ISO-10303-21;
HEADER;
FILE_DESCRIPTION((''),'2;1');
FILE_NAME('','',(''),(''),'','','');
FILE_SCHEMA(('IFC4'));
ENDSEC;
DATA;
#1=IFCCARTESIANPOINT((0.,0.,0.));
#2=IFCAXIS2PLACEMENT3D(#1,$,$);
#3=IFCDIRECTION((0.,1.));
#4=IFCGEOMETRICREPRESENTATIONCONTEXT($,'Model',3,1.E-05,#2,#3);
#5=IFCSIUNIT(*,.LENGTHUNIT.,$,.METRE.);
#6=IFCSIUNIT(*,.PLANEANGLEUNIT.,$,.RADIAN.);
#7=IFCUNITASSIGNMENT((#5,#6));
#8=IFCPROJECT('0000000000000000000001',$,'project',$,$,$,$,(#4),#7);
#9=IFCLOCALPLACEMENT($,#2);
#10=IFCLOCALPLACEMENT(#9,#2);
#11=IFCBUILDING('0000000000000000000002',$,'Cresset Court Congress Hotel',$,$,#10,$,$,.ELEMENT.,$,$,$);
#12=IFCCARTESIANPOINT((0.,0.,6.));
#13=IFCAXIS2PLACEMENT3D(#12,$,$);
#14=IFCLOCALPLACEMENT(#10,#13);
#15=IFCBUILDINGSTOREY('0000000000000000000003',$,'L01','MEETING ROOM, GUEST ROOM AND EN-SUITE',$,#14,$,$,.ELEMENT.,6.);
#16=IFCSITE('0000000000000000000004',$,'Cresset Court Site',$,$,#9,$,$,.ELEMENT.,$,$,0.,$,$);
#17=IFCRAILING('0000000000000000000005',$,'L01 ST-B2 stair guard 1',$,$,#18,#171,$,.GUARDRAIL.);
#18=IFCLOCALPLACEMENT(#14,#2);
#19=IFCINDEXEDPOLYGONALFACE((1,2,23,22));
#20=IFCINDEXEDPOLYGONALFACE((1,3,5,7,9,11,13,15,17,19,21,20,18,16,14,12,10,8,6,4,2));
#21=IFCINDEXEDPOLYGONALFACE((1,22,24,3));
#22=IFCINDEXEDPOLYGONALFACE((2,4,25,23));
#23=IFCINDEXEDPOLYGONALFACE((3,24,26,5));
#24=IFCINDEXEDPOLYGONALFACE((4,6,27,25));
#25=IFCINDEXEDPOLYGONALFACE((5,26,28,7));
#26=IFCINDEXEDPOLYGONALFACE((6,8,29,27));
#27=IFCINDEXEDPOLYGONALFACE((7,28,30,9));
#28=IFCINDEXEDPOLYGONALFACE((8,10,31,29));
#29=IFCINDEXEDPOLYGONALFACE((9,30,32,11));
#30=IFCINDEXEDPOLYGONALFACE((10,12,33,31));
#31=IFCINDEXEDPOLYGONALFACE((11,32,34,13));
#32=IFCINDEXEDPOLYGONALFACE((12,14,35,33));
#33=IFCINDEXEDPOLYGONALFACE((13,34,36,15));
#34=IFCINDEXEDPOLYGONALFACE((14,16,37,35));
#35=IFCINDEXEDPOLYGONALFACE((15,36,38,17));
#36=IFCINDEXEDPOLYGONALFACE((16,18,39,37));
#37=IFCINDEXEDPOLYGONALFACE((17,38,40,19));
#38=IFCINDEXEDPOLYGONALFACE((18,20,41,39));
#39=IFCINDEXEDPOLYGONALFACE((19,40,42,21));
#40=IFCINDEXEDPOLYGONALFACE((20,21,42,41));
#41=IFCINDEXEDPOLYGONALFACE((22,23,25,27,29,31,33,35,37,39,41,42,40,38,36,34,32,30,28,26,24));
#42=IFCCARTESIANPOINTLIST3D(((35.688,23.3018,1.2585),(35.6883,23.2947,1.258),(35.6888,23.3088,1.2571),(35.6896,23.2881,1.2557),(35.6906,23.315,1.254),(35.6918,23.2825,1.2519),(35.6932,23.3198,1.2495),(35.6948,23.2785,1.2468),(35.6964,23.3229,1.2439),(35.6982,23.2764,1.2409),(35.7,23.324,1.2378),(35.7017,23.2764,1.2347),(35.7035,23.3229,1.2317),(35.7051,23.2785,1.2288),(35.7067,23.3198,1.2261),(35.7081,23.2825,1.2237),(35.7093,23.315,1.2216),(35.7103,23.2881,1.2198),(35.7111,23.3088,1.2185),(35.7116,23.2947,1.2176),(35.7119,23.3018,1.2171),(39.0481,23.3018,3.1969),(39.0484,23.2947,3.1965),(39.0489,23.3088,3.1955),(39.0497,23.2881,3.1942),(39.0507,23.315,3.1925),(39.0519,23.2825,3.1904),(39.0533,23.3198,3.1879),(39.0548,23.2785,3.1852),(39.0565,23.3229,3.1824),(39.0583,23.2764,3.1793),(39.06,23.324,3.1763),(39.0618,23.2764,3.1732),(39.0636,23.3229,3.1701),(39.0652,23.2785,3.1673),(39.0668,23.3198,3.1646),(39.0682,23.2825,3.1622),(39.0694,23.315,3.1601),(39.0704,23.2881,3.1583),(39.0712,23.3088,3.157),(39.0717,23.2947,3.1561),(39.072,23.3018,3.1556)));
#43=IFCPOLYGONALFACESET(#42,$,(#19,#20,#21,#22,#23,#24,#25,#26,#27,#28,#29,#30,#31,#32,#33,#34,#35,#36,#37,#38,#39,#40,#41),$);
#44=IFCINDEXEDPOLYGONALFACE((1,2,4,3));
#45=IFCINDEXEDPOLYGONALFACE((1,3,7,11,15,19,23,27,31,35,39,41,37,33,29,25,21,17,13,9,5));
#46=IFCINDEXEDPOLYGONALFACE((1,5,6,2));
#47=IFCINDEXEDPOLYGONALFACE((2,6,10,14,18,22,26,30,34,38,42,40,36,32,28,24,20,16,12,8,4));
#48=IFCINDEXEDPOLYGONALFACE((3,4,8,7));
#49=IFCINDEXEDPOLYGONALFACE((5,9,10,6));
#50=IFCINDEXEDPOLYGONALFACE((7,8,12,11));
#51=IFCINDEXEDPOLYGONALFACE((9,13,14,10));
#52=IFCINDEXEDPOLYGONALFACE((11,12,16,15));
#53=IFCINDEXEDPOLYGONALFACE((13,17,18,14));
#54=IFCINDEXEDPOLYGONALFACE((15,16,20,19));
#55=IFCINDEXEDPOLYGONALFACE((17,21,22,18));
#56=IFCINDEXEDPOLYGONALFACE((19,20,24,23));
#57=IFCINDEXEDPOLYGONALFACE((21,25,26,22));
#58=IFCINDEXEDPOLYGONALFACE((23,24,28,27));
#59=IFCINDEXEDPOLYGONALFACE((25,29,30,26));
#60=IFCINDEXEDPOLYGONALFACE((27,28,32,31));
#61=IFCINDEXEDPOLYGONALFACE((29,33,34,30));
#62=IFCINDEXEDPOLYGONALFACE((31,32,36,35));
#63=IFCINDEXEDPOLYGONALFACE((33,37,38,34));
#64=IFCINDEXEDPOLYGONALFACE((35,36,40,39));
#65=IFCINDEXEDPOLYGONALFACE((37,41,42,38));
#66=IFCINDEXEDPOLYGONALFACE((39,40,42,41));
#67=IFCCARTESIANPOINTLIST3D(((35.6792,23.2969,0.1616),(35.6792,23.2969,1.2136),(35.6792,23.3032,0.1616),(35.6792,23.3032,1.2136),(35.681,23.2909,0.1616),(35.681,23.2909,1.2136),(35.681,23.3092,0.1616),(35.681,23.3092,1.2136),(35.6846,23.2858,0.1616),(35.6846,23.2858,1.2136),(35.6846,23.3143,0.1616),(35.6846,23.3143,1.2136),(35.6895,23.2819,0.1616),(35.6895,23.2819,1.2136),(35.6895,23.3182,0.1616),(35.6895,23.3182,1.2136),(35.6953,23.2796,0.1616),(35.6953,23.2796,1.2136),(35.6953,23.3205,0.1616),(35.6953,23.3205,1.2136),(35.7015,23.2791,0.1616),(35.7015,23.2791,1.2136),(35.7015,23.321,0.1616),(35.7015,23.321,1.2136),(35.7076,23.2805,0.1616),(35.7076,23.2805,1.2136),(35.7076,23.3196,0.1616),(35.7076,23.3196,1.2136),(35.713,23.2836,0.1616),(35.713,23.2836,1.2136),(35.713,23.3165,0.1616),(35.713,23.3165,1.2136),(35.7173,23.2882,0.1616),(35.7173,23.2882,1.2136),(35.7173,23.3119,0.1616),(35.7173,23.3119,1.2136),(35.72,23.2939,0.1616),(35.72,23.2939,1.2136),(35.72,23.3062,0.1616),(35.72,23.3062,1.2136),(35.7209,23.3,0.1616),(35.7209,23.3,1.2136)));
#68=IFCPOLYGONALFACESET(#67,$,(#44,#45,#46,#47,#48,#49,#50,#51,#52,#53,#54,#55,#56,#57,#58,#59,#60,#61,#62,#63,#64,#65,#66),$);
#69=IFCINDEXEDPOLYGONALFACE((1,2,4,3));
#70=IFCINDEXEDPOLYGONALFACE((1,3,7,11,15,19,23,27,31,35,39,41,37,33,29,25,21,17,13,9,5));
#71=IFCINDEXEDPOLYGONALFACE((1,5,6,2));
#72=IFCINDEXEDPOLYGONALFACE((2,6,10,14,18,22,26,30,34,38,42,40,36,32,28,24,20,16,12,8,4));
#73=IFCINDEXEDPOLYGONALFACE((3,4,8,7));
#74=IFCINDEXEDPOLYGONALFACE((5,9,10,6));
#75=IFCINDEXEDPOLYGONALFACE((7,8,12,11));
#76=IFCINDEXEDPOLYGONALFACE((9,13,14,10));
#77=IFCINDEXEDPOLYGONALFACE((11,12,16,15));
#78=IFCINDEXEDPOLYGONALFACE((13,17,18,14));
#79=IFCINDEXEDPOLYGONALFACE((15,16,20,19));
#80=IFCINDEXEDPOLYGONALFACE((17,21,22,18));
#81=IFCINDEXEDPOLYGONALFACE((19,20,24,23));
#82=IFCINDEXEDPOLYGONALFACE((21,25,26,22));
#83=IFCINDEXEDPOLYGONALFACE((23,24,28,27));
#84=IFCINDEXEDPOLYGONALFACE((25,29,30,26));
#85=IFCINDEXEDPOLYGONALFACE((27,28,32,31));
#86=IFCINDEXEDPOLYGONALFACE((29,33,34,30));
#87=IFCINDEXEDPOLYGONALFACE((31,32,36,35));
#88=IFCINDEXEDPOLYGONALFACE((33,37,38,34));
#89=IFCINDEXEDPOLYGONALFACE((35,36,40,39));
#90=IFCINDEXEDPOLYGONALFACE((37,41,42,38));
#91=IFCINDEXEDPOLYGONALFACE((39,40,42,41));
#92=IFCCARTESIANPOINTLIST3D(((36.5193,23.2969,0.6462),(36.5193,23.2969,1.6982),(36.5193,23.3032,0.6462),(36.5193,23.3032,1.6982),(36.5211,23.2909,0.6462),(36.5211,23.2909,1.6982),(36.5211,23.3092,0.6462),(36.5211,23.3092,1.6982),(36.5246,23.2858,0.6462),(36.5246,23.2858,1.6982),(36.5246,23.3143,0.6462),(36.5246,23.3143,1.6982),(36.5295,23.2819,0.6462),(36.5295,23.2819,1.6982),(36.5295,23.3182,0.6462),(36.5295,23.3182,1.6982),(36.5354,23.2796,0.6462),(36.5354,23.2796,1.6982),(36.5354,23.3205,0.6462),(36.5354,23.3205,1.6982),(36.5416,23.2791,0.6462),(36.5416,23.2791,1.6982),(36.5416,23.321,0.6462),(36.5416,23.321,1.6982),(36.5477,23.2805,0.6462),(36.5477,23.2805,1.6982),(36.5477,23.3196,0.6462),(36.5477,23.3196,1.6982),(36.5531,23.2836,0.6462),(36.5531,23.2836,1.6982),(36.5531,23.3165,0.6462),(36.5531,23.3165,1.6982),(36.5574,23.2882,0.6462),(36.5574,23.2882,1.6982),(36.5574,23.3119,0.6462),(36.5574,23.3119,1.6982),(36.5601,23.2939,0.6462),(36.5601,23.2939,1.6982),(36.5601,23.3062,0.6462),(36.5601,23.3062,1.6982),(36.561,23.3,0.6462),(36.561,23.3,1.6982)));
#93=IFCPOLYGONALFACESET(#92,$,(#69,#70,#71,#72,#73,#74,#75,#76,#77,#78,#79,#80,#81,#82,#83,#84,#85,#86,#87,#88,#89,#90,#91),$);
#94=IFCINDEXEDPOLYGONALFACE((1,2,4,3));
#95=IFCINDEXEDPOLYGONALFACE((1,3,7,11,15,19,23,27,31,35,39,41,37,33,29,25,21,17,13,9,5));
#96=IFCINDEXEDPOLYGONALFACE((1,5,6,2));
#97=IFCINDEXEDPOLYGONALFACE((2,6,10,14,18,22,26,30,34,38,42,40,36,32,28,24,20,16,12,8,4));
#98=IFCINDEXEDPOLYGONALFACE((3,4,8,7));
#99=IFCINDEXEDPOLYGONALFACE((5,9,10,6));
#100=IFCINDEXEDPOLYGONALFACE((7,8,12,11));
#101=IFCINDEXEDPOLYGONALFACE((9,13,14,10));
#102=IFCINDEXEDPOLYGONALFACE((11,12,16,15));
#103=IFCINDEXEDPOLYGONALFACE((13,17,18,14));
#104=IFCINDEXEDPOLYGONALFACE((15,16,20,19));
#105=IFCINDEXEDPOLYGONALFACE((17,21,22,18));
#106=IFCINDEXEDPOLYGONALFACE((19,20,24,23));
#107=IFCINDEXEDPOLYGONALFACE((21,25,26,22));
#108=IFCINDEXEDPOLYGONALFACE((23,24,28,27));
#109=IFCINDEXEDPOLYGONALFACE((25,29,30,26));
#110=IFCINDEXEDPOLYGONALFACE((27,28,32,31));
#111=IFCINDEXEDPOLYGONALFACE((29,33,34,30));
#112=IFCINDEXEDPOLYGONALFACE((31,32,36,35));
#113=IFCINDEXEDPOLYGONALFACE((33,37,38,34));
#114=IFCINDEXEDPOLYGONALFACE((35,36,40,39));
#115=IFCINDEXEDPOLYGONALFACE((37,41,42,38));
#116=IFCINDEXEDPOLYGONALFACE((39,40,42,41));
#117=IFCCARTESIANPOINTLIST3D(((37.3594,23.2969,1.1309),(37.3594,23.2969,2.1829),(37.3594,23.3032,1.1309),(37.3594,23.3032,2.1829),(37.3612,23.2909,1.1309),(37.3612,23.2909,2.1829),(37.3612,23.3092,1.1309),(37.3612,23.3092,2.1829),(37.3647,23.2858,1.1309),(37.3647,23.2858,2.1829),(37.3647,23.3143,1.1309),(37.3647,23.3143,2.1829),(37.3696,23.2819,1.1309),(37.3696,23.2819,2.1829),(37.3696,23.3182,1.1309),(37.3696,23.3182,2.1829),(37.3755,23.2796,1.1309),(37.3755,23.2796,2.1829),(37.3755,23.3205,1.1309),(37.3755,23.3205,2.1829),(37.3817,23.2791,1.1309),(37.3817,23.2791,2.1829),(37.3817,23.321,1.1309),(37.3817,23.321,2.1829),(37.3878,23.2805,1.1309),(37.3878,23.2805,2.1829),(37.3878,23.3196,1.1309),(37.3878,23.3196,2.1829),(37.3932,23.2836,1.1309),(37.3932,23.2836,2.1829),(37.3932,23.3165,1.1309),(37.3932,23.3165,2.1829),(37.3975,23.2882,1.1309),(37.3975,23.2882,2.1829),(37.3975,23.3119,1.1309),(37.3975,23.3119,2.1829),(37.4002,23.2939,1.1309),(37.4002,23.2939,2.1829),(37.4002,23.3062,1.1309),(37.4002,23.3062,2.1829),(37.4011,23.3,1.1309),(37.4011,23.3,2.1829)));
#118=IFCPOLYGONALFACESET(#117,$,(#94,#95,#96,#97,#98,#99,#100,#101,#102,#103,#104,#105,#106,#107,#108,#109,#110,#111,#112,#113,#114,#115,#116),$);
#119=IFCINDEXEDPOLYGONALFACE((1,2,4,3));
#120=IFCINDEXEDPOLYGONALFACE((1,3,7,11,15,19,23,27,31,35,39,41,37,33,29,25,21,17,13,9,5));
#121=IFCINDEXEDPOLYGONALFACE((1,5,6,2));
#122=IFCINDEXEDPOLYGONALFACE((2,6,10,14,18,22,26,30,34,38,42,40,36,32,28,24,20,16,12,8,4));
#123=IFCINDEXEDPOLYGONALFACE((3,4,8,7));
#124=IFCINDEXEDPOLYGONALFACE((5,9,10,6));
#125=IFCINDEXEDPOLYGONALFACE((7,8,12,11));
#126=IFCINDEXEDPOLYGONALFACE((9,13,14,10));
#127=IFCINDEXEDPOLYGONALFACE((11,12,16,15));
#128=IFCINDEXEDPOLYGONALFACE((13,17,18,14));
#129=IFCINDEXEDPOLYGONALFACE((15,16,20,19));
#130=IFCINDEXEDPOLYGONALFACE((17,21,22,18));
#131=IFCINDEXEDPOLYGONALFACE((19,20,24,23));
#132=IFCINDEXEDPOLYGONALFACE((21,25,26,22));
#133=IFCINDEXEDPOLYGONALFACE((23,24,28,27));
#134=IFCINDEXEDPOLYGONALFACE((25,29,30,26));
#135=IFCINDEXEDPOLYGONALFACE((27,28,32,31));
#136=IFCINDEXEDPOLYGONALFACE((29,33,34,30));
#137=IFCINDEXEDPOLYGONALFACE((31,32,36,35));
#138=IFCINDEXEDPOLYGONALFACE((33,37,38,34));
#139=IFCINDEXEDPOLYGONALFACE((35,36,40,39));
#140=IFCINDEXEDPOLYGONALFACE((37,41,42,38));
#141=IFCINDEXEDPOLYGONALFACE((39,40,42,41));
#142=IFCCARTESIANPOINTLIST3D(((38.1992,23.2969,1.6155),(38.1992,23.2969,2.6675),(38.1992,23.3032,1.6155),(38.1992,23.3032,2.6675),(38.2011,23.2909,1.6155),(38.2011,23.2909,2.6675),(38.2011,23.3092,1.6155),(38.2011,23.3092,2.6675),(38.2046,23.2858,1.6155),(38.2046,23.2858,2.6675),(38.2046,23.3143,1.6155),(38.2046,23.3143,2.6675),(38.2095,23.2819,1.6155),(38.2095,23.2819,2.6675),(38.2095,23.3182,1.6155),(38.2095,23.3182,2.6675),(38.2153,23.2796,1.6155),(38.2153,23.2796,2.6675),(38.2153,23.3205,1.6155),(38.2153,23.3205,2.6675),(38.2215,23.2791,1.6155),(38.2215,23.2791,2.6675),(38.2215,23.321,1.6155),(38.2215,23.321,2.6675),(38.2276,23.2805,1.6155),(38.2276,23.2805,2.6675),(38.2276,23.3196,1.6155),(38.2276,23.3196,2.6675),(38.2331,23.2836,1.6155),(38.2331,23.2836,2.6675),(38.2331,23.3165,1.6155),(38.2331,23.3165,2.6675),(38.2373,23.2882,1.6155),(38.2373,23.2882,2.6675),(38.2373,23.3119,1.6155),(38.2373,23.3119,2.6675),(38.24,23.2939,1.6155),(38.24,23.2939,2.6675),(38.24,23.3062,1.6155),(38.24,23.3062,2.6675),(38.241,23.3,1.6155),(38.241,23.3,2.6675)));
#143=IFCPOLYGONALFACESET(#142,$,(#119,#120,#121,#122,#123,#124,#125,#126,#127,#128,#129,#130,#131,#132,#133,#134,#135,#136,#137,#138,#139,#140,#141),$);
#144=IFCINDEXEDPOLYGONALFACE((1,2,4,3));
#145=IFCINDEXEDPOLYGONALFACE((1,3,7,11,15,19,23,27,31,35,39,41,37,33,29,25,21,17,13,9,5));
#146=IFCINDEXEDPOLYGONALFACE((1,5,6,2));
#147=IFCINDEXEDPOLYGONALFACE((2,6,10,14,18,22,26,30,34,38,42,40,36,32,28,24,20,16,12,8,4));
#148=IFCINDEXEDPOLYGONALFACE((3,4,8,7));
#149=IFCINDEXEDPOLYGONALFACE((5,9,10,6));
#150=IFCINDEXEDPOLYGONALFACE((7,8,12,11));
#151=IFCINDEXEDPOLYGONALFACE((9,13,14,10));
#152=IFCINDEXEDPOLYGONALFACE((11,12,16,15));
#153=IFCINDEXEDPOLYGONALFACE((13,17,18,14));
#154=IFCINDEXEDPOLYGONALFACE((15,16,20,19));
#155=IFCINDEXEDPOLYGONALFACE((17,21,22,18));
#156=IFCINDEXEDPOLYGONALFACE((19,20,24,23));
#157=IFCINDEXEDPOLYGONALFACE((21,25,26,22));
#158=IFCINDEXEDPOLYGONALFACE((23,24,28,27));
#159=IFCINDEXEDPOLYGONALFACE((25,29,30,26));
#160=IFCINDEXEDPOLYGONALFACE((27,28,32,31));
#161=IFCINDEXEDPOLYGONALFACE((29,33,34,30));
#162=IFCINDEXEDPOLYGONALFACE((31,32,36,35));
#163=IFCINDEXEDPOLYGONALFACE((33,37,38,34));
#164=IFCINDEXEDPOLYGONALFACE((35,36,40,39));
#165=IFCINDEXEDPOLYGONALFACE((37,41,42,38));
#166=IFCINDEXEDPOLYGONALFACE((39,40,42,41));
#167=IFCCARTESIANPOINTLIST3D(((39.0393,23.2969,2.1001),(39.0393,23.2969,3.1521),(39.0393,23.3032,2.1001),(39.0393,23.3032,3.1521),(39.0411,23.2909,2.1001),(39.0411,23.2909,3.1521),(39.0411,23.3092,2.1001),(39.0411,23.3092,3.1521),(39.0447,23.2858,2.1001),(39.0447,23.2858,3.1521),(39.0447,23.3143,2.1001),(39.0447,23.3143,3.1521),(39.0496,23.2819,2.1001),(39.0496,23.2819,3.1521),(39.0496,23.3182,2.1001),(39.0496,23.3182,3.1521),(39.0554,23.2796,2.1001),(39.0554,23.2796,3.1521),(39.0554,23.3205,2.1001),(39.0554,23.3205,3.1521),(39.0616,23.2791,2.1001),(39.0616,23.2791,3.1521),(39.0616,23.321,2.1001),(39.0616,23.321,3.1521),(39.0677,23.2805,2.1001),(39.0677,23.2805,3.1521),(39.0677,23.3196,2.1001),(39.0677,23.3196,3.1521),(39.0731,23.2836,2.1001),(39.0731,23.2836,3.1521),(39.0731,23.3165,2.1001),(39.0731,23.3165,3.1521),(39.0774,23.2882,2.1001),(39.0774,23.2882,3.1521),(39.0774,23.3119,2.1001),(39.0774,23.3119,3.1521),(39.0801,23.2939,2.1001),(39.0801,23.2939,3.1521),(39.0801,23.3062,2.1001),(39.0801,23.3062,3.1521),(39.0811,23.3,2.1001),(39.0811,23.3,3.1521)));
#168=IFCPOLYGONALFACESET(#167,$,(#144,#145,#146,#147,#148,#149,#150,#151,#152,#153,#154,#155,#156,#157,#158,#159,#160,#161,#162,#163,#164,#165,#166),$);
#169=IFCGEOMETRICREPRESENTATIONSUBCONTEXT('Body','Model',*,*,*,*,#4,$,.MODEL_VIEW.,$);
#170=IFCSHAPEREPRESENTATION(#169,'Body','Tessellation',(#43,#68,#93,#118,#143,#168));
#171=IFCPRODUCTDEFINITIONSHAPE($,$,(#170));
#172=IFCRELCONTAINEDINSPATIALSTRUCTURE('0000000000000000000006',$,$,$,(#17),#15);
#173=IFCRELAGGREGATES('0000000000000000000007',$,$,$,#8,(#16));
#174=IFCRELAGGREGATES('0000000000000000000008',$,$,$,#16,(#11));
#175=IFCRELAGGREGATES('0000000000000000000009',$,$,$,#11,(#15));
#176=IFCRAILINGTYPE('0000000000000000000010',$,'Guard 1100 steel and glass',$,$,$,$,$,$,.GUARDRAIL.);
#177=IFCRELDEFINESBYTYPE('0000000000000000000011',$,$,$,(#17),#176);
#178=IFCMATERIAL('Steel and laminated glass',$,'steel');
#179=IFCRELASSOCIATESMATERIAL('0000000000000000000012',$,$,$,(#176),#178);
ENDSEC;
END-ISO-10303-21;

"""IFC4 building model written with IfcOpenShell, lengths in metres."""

from ifc_helpers import new_model, si_unit, direction, frame, origin, origin_2d, place, context, subcontext, project, spatial, circle, extrude, material, type_object, element, save


model = new_model("IFC4")

# Units and contexts
model_context = context("Model", 3, precision=1e-05, world=origin(), true_north=direction((0.0, 1.0)))
body_context = subcontext(model_context, "Body", "Model", "MODEL_VIEW")
ifc_project = project(units=[si_unit("LENGTHUNIT", "METRE"), si_unit("PLANEANGLEUNIT", "RADIAN")], contexts=[model_context])

# Site, building, storey
site_placement = place(None, origin())
site = spatial("IfcSite", under=ifc_project, at=site_placement, Name="Cresset Court Site", CompositionType="ELEMENT", RefElevation=0.0)
building_placement = place(site_placement, origin())
building = spatial("IfcBuilding", under=site, at=building_placement, Name="Cresset Court Congress Hotel", CompositionType="ELEMENT")
storey_placement = place(building_placement, frame((0.0, 0.0, 6.0)))
storey = spatial("IfcBuildingStorey", under=building, at=storey_placement, Name="L01", Description="MEETING ROOM, GUEST ROOM AND EN-SUITE", CompositionType="ELEMENT", Elevation=6.0)

# Railing
ifc_material_1 = material(Name="Steel and laminated glass", Category="steel")
railing_type_1 = type_object("IfcRailingType", Name="Guard 1100 steel and glass", PredefinedType="GUARDRAIL", material=ifc_material_1)
railing_1_placement = place(storey_placement, frame((35.7, 23.3, 0.1616)))
element("IfcRailing", 1, at=railing_1_placement, inside=storey, type_object=railing_type_1, Name="L01 ST-B2 stair guard 1", PredefinedType="GUARDRAIL", context=body_context, shape_type="SweptSolid", body=[
    extrude(circle(Radius=0.0239, at=origin_2d()), frame((0.0, 0.0, 1.0762), z_axis=(0.866191, 0.0, 0.499713), x_axis=(0.0, 1.0, 0.0)), (0.0, 0.0, 1.0), 3.8792),
    extrude(circle(Radius=0.021, at=origin_2d()), origin(), (0.0, 0.0, 1.0), 1.052),
    extrude(circle(Radius=0.021, at=origin_2d()), frame((0.8401, 0.0, 0.4846)), (0.0, 0.0, 1.0), 1.052),
    extrude(circle(Radius=0.021, at=origin_2d()), frame((1.6802, 0.0, 0.9692)), (0.0, 0.0, 1.0), 1.052),
    extrude(circle(Radius=0.021, at=origin_2d()), frame((2.52, 0.0, 1.4539)), (0.0, 0.0, 1.0), 1.052),
    extrude(circle(Radius=0.021, at=origin_2d()), frame((3.3601, 0.0, 1.9385)), (0.0, 0.0, 1.0), 1.052),
])

save(model, "model.ifc")
